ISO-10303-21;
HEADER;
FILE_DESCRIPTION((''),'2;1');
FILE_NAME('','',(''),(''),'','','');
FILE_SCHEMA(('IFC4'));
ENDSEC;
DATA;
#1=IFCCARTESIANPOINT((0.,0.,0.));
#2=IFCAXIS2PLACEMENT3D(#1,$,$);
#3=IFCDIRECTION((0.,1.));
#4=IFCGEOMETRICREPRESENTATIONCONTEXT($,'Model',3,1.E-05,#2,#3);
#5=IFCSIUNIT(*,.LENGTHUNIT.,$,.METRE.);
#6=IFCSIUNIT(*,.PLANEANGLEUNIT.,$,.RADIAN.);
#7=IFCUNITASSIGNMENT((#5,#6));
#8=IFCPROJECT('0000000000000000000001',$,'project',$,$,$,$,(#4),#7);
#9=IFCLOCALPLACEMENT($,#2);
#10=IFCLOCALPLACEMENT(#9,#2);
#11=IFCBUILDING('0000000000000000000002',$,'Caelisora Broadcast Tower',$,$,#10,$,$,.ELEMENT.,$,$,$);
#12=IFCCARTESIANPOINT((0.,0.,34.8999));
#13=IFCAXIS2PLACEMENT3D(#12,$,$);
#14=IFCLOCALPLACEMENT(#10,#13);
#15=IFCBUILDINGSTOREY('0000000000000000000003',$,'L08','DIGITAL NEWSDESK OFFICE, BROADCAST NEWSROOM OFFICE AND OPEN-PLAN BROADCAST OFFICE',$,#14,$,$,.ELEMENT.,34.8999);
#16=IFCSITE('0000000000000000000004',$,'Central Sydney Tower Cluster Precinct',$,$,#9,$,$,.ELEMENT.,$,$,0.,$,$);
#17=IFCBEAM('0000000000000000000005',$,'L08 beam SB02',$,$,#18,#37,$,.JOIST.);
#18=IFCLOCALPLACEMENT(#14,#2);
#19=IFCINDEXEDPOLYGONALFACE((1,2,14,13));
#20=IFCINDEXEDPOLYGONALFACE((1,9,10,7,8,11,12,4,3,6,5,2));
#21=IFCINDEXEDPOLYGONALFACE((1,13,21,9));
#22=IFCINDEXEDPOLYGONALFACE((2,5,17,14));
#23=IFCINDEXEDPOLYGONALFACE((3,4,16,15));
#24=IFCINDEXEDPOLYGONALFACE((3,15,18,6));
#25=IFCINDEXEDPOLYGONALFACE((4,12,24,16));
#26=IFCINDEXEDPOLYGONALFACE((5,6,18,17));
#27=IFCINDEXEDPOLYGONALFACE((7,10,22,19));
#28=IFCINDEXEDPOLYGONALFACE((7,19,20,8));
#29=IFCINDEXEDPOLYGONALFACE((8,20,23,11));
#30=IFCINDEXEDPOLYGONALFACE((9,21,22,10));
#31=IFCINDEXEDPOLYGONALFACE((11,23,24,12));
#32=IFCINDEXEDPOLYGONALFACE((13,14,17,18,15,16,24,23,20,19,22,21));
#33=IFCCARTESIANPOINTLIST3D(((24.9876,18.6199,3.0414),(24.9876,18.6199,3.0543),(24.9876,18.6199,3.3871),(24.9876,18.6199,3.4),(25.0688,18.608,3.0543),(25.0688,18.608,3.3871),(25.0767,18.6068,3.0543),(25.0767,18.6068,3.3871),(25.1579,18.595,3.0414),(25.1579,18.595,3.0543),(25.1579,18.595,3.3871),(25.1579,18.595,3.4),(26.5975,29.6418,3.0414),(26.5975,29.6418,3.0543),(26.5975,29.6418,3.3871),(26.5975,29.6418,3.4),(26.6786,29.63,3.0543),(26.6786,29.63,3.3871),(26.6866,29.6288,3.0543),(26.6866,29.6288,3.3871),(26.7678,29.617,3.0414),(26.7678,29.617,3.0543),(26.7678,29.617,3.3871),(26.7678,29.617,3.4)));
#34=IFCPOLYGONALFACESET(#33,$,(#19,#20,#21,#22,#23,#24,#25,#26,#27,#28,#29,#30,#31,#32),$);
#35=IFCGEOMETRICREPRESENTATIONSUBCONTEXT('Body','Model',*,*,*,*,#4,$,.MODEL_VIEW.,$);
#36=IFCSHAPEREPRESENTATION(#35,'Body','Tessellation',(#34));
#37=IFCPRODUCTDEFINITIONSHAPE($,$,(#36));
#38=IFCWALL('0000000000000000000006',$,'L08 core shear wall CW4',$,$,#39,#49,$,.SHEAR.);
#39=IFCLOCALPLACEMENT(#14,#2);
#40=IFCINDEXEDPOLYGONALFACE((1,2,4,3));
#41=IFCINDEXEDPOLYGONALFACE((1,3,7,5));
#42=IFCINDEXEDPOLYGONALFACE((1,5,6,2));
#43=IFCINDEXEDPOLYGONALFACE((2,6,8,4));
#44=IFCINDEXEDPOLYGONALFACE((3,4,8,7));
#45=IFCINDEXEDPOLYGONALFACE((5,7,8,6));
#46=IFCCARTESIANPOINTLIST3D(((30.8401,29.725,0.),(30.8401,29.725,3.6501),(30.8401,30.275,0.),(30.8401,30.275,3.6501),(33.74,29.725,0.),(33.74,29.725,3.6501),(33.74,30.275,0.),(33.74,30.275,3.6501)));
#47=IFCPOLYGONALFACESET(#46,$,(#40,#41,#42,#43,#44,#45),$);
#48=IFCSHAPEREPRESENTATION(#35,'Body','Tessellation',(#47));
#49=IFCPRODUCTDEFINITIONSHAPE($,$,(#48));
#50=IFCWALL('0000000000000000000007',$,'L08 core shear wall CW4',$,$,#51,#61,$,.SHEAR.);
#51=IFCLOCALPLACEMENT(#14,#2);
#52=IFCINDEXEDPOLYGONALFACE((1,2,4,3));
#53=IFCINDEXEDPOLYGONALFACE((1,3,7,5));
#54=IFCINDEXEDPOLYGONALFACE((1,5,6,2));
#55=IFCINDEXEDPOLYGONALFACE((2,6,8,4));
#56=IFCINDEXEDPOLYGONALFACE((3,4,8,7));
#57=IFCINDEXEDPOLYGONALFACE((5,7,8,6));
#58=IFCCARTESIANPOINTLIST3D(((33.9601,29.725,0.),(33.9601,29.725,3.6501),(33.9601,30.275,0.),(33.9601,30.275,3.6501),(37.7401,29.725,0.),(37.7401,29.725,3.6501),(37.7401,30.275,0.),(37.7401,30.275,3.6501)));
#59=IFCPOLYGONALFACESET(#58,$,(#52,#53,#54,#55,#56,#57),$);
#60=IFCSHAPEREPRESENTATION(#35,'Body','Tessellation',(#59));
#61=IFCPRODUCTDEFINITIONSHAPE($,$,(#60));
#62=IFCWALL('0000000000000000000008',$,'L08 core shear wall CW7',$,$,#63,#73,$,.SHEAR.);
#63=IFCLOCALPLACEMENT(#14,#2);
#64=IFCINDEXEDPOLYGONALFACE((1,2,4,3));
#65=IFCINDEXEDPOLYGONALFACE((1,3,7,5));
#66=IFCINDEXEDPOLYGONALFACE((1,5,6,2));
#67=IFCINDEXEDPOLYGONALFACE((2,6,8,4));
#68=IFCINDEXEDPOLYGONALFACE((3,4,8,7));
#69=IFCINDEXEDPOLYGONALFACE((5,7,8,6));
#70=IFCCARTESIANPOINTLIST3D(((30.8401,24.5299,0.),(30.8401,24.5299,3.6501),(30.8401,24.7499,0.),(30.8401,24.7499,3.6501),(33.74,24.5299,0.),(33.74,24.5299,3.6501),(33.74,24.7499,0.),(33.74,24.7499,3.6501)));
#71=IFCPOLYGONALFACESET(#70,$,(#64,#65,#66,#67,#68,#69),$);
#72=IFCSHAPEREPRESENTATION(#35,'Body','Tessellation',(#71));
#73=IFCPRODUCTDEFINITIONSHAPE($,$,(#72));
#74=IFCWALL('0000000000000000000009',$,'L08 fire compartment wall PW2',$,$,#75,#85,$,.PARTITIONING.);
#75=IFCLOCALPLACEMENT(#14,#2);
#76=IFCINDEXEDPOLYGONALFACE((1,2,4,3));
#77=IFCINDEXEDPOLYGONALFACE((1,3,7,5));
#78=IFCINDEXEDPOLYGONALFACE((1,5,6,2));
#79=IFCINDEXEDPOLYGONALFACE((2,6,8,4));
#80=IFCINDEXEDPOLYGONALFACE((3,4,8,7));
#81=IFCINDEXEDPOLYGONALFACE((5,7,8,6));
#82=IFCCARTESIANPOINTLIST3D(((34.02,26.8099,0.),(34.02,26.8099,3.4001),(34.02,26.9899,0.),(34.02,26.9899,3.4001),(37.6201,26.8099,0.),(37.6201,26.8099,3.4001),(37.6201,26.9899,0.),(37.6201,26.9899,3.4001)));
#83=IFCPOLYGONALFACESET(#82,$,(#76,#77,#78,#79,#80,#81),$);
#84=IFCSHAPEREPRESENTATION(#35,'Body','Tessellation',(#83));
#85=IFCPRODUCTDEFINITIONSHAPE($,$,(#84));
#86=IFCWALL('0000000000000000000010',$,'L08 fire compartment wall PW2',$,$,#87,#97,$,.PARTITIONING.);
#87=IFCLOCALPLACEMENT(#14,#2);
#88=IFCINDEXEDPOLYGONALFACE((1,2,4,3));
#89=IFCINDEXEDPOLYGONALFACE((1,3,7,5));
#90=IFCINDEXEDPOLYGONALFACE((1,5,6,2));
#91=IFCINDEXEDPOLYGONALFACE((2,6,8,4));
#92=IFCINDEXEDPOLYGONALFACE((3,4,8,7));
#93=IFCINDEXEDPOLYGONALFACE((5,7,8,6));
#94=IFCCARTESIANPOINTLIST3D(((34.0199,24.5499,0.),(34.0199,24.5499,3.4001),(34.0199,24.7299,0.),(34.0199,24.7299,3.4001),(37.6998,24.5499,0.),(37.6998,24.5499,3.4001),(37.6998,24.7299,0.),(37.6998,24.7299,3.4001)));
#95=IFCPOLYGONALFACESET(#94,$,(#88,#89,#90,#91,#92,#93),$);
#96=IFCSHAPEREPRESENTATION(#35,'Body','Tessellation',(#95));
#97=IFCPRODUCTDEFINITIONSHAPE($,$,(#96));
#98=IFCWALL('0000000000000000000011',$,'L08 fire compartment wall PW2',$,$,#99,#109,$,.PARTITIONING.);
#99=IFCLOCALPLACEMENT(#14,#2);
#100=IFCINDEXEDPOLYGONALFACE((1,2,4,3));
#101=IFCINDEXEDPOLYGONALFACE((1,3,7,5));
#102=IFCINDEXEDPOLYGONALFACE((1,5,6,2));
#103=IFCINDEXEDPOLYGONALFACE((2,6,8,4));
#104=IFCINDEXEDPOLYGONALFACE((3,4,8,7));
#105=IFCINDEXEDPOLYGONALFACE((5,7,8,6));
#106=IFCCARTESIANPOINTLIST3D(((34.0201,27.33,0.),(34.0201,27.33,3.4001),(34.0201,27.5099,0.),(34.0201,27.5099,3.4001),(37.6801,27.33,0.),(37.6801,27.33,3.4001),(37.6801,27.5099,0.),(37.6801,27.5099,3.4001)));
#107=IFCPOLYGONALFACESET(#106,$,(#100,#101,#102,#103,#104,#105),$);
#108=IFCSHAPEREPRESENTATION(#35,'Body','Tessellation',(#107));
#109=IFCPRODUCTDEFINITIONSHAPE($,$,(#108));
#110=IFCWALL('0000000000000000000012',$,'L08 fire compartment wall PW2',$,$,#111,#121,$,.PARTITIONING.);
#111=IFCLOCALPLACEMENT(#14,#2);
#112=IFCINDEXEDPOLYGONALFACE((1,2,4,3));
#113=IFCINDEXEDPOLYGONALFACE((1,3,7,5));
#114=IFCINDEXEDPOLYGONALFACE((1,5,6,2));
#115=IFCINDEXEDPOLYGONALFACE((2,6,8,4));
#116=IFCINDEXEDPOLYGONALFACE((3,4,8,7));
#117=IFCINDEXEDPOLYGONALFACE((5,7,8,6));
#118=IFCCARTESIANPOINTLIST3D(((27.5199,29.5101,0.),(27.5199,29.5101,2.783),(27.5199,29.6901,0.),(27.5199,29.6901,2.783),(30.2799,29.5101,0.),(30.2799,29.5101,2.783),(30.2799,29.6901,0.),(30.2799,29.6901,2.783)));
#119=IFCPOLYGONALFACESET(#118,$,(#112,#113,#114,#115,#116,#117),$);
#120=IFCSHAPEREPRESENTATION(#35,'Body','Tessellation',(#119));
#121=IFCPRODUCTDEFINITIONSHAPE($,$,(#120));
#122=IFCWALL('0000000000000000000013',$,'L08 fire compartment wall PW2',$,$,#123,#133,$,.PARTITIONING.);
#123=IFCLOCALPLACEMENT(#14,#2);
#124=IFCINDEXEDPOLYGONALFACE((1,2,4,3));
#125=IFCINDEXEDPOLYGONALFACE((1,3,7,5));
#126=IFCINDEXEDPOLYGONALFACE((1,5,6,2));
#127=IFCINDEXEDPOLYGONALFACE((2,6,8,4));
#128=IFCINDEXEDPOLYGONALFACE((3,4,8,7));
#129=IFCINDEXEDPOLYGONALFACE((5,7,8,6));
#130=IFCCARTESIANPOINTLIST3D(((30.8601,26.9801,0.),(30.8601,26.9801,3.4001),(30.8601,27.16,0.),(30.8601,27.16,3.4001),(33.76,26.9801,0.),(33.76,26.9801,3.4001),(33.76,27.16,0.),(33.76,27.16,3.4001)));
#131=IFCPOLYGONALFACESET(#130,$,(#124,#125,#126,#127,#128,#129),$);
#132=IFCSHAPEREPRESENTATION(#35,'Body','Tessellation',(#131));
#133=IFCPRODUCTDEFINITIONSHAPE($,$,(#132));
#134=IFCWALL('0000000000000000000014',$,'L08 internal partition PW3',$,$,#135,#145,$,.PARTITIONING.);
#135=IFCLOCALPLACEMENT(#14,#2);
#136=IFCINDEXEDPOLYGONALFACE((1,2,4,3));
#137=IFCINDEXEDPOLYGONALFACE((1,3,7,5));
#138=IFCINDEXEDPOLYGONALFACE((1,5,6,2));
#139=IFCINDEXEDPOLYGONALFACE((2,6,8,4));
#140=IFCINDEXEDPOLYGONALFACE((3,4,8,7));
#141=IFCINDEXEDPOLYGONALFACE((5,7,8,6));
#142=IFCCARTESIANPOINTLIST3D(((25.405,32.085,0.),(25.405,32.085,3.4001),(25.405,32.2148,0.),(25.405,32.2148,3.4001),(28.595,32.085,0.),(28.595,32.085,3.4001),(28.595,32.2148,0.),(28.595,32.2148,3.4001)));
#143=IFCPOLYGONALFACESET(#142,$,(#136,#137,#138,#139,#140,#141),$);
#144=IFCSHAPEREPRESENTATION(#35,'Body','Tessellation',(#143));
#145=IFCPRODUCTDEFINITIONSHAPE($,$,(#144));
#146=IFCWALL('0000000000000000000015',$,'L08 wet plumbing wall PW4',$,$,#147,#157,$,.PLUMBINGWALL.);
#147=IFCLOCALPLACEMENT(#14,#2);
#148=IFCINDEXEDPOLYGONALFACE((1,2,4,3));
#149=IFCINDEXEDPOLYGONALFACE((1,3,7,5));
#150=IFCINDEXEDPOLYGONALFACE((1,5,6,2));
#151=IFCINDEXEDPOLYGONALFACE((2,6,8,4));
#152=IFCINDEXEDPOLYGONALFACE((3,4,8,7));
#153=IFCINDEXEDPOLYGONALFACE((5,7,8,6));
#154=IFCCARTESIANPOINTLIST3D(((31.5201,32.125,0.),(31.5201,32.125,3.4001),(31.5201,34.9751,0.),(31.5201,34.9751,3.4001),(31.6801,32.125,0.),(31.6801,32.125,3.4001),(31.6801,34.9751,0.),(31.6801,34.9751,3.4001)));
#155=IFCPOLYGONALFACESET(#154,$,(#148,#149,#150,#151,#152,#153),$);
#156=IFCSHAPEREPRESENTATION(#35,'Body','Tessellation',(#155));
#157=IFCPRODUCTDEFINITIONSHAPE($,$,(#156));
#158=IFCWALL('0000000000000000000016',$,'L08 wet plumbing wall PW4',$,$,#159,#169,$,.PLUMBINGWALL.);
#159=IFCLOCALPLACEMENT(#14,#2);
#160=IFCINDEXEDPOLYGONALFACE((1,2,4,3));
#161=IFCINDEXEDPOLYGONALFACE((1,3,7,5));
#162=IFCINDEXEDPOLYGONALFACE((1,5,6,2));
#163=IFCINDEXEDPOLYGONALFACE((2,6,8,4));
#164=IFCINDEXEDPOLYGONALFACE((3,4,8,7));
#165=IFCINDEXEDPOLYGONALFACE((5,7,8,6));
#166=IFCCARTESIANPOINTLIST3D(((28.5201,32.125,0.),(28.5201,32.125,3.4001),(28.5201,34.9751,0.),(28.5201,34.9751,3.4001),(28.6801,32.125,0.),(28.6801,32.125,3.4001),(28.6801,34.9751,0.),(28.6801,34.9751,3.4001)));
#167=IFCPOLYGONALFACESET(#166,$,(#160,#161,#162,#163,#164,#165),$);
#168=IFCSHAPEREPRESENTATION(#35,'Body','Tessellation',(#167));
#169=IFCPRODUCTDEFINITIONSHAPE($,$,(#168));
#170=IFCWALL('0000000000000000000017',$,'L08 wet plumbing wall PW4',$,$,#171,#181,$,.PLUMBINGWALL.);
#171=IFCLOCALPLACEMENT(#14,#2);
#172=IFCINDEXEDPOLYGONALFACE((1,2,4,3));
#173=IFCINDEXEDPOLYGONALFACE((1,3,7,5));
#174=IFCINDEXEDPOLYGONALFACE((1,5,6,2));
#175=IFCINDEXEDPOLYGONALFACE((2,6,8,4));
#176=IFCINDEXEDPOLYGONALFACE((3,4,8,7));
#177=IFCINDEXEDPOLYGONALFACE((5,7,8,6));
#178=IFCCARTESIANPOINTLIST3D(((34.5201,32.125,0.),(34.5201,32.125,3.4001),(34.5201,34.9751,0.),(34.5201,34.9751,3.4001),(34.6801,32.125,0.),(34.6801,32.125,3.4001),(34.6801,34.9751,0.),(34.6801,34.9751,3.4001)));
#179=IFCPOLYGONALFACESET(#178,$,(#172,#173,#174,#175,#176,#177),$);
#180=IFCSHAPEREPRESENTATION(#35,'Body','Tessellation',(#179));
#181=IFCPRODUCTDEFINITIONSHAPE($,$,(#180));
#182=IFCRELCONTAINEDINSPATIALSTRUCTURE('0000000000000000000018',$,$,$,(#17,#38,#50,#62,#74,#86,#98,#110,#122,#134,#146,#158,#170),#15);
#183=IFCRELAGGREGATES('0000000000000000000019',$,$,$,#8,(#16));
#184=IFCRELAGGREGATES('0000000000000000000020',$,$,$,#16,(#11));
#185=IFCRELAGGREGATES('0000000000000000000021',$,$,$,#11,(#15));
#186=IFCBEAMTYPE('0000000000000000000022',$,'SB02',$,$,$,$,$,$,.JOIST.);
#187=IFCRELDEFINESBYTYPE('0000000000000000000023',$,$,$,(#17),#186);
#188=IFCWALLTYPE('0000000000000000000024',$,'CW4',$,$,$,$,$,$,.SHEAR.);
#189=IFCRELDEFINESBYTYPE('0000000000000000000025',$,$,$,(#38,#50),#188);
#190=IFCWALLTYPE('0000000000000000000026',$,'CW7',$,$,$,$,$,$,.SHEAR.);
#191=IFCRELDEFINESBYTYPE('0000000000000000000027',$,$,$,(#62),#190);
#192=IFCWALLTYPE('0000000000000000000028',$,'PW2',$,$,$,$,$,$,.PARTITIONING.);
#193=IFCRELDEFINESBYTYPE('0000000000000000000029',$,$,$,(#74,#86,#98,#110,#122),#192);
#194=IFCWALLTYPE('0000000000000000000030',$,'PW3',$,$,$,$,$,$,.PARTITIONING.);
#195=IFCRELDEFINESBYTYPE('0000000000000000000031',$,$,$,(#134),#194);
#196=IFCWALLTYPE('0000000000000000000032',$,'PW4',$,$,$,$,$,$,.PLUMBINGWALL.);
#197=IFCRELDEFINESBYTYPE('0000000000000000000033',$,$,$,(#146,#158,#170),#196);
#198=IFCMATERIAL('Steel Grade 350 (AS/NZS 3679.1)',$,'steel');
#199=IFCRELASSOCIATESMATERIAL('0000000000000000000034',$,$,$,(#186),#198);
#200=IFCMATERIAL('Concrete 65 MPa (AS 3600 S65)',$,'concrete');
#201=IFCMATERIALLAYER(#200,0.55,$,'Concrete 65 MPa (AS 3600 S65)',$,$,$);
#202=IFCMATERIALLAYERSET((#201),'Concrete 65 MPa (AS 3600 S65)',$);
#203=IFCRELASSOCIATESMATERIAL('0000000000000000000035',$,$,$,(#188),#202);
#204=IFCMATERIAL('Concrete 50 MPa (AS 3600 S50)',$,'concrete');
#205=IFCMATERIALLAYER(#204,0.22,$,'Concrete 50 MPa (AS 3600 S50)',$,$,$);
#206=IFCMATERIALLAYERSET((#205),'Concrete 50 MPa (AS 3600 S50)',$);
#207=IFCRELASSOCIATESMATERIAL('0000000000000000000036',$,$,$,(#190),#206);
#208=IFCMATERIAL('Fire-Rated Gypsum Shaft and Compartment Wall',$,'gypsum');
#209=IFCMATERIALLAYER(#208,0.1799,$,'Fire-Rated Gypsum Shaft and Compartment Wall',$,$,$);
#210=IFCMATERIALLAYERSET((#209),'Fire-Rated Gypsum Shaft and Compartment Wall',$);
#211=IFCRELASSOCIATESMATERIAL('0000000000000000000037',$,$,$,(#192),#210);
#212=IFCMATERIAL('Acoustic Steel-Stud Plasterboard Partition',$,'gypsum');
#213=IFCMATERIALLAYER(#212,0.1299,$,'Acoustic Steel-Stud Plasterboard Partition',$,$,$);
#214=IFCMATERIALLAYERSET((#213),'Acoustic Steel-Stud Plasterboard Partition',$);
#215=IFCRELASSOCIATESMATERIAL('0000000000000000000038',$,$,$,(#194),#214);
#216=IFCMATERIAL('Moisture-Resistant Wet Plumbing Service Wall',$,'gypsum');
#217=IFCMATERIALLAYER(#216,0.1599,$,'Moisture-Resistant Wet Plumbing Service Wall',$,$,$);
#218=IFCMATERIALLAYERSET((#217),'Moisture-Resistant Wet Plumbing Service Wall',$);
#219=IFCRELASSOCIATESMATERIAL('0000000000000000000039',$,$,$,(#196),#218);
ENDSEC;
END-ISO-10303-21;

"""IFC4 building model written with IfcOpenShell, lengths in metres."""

from ifc_helpers import new_model, si_unit, direction, frame, frame_2d, origin, origin_2d, place, context, subcontext, project, spatial, rectangle, i_section, extrude, source, transform, mapped, material, layer, layer_set, material_profile, profile_set, type_object, element, save


model = new_model("IFC4")

# Units and contexts
model_context = context("Model", 3, precision=1e-05, world=origin(), true_north=direction((0.0, 1.0)))
body_context = subcontext(model_context, "Body", "Model", "MODEL_VIEW")
ifc_project = project(units=[si_unit("LENGTHUNIT", "METRE"), si_unit("PLANEANGLEUNIT", "RADIAN")], contexts=[model_context])

# Site, building, storey
site_placement = place(None, origin())
site = spatial("IfcSite", under=ifc_project, at=site_placement, Name="Central Sydney Tower Cluster Precinct", CompositionType="ELEMENT", RefElevation=0.0)
building_placement = place(site_placement, origin())
building = spatial("IfcBuilding", under=site, at=building_placement, Name="Caelisora Broadcast Tower", CompositionType="ELEMENT")
storey_placement = place(building_placement, frame((0.0, 0.0, 34.8999)))
storey = spatial("IfcBuildingStorey", under=building, at=storey_placement, Name="L08", Description="DIGITAL NEWSDESK OFFICE, BROADCAST NEWSROOM OFFICE AND OPEN-PLAN BROADCAST OFFICE", CompositionType="ELEMENT", Elevation=34.8999)

# Shared definitions
ifc_material_1 = material(Name="Steel Grade 350 (AS/NZS 3679.1)", Category="steel")

# Beam
ifc_material_profile_1 = material_profile(ifc_material_1, i_section(OverallWidth=0.1721, OverallDepth=0.3586, WebThickness=0.0081, FlangeThickness=0.0129, at=origin_2d()), Name="Steel Grade 350 (AS/NZS 3679.1)")
ifc_profile_set_1 = profile_set([ifc_material_profile_1], Name="Steel Grade 350 (AS/NZS 3679.1)")
beam_type_1 = type_object("IfcBeamType", Name="SB02", PredefinedType="JOIST", material=ifc_profile_set_1)
shared_shape_1 = source(origin(), body_context, "Body", "SweptSolid", [
    extrude(i_section(OverallWidth=0.1721, OverallDepth=0.3586, WebThickness=0.0081, FlangeThickness=0.0129, at=origin_2d()), origin(), (0.0, 0.0, 1.0), 11.1389),
])
beam_1_placement = place(storey_placement, frame((26.6826, 29.6294, 3.2207), z_axis=(-0.144526, -0.989501, 0.0), x_axis=(0.989501, -0.144526, 0.0)))
element("IfcBeam", 1, at=beam_1_placement, inside=storey, type_object=beam_type_1, Name="L08 beam SB02", PredefinedType="JOIST", context=body_context, shape_type="MappedRepresentation", body=[
    mapped(shared_shape_1, transform((0.0, 0.0, 0.0), scale=1.0)),
])

# Walls
ifc_material_2 = material(Name="Concrete 65 MPa (AS 3600 S65)", Category="concrete")
ifc_layer_1 = layer(ifc_material_2, 0.55, Name="Concrete 65 MPa (AS 3600 S65)")
ifc_layer_set_1 = layer_set([ifc_layer_1], Name="Concrete 65 MPa (AS 3600 S65)")
wall_type_1 = type_object("IfcWallType", Name="CW4", PredefinedType="SHEAR", material=ifc_layer_set_1)
wall_1_placement = place(storey_placement, frame((30.8401, 30.0, 0.0), z_axis=(0.0, 0.0, 1.0), x_axis=(1.0, 0.0, 0.0)))
element("IfcWall", 2, at=wall_1_placement, inside=storey, type_object=wall_type_1, Name="L08 core shear wall CW4", PredefinedType="SHEAR", context=body_context, shape_type="SweptSolid", body=[
    extrude(rectangle(XDim=2.8999, YDim=0.55, at=frame_2d((1.45, 0.0))), origin(), (0.0, 0.0, 1.0), 3.6501),
])
wall_2_placement = place(storey_placement, frame((33.96, 30.0, 0.0), z_axis=(0.0, 0.0, 1.0), x_axis=(1.0, 0.0, 0.0)))
element("IfcWall", 3, at=wall_2_placement, inside=storey, type_object=wall_type_1, Name="L08 core shear wall CW4", PredefinedType="SHEAR", context=body_context, shape_type="SweptSolid", body=[
    extrude(rectangle(XDim=3.78, YDim=0.55, at=frame_2d((1.8901, 0.0))), origin(), (0.0, 0.0, 1.0), 3.6501),
])
ifc_material_3 = material(Name="Concrete 50 MPa (AS 3600 S50)", Category="concrete")
ifc_layer_2 = layer(ifc_material_3, 0.22, Name="Concrete 50 MPa (AS 3600 S50)")
ifc_layer_set_2 = layer_set([ifc_layer_2], Name="Concrete 50 MPa (AS 3600 S50)")
wall_type_2 = type_object("IfcWallType", Name="CW7", PredefinedType="SHEAR", material=ifc_layer_set_2)
wall_3_placement = place(storey_placement, frame((30.8401, 24.6399, 0.0), z_axis=(0.0, 0.0, 1.0), x_axis=(1.0, 0.0, 0.0)))
element("IfcWall", 4, at=wall_3_placement, inside=storey, type_object=wall_type_2, Name="L08 core shear wall CW7", PredefinedType="SHEAR", context=body_context, shape_type="SweptSolid", body=[
    extrude(rectangle(XDim=2.8999, YDim=0.22, at=frame_2d((1.45, 0.0))), origin(), (0.0, 0.0, 1.0), 3.6501),
])
ifc_material_4 = material(Name="Fire-Rated Gypsum Shaft and Compartment Wall", Category="gypsum")
ifc_layer_3 = layer(ifc_material_4, 0.1799, Name="Fire-Rated Gypsum Shaft and Compartment Wall")
ifc_layer_set_3 = layer_set([ifc_layer_3], Name="Fire-Rated Gypsum Shaft and Compartment Wall")
wall_type_3 = type_object("IfcWallType", Name="PW2", PredefinedType="PARTITIONING", material=ifc_layer_set_3)
wall_4_placement = place(storey_placement, frame((34.02, 26.8999, 0.0), z_axis=(0.0, 0.0, 1.0), x_axis=(1.0, 0.0, 0.0)))
element("IfcWall", 5, at=wall_4_placement, inside=storey, type_object=wall_type_3, Name="L08 fire compartment wall PW2", PredefinedType="PARTITIONING", context=body_context, shape_type="SweptSolid", body=[
    extrude(rectangle(XDim=3.6001, YDim=0.1799, at=frame_2d((1.8, 0.0))), origin(), (0.0, 0.0, 1.0), 3.4001),
])
wall_5_placement = place(storey_placement, frame((34.02, 24.6399, 0.0), z_axis=(0.0, 0.0, 1.0), x_axis=(1.0, 0.0, 0.0)))
element("IfcWall", 6, at=wall_5_placement, inside=storey, type_object=wall_type_3, Name="L08 fire compartment wall PW2", PredefinedType="PARTITIONING", context=body_context, shape_type="SweptSolid", body=[
    extrude(rectangle(XDim=3.6799, YDim=0.1799, at=frame_2d((1.8398, 0.0))), origin(), (0.0, 0.0, 1.0), 3.4001),
])
wall_6_placement = place(storey_placement, frame((34.02, 27.4199, 0.0), z_axis=(0.0, 0.0, 1.0), x_axis=(1.0, 0.0, 0.0)))
element("IfcWall", 7, at=wall_6_placement, inside=storey, type_object=wall_type_3, Name="L08 fire compartment wall PW2", PredefinedType="PARTITIONING", context=body_context, shape_type="SweptSolid", body=[
    extrude(rectangle(XDim=3.6599, YDim=0.1799, at=frame_2d((1.8301, 0.0))), origin(), (0.0, 0.0, 1.0), 3.4001),
])
wall_7_placement = place(storey_placement, frame((27.52, 29.6001, 0.0), z_axis=(0.0, 0.0, 1.0), x_axis=(1.0, 0.0, 0.0)))
element("IfcWall", 8, at=wall_7_placement, inside=storey, type_object=wall_type_3, Name="L08 fire compartment wall PW2", PredefinedType="PARTITIONING", context=body_context, shape_type="SweptSolid", body=[
    extrude(rectangle(XDim=2.76, YDim=0.1799, at=frame_2d((1.3799, 0.0))), origin(), (0.0, 0.0, 1.0), 2.783),
])
wall_8_placement = place(storey_placement, frame((30.8601, 27.0701, 0.0), z_axis=(0.0, 0.0, 1.0), x_axis=(1.0, 0.0, 0.0)))
element("IfcWall", 9, at=wall_8_placement, inside=storey, type_object=wall_type_3, Name="L08 fire compartment wall PW2", PredefinedType="PARTITIONING", context=body_context, shape_type="SweptSolid", body=[
    extrude(rectangle(XDim=2.8999, YDim=0.1799, at=frame_2d((1.45, 0.0))), origin(), (0.0, 0.0, 1.0), 3.4001),
])
ifc_material_5 = material(Name="Acoustic Steel-Stud Plasterboard Partition", Category="gypsum")
ifc_layer_4 = layer(ifc_material_5, 0.1299, Name="Acoustic Steel-Stud Plasterboard Partition")
ifc_layer_set_4 = layer_set([ifc_layer_4], Name="Acoustic Steel-Stud Plasterboard Partition")
wall_type_4 = type_object("IfcWallType", Name="PW3", PredefinedType="PARTITIONING", material=ifc_layer_set_4)
wall_9_placement = place(storey_placement, frame((25.405, 32.1499, 0.0), z_axis=(0.0, 0.0, 1.0), x_axis=(1.0, 0.0, 0.0)))
element("IfcWall", 10, at=wall_9_placement, inside=storey, type_object=wall_type_4, Name="L08 internal partition PW3", PredefinedType="PARTITIONING", context=body_context, shape_type="SweptSolid", body=[
    extrude(rectangle(XDim=3.1899, YDim=0.1299, at=frame_2d((1.595, 0.0))), origin(), (0.0, 0.0, 1.0), 3.4001),
])
ifc_material_6 = material(Name="Moisture-Resistant Wet Plumbing Service Wall", Category="gypsum")
ifc_layer_5 = layer(ifc_material_6, 0.1599, Name="Moisture-Resistant Wet Plumbing Service Wall")
ifc_layer_set_5 = layer_set([ifc_layer_5], Name="Moisture-Resistant Wet Plumbing Service Wall")
wall_type_5 = type_object("IfcWallType", Name="PW4", PredefinedType="PLUMBINGWALL", material=ifc_layer_set_5)
for number, where, z_axis, x_axis, name in (
    (11, (31.6001, 32.125, 0.0), (0.0, 0.0, 1.0), (0.0, 1.0, 0.0), "L08 wet plumbing wall PW4"),
    (12, (28.6001, 32.125, 0.0), (0.0, 0.0, 1.0), (0.0, 1.0, 0.0), "L08 wet plumbing wall PW4"),
    (13, (34.6001, 32.125, 0.0), (0.0, 0.0, 1.0), (0.0, 1.0, 0.0), "L08 wet plumbing wall PW4"),
):
    element("IfcWall", number, at=place(storey_placement, frame(where, z_axis=z_axis, x_axis=x_axis)), inside=storey, type_object=wall_type_5, Name=name, PredefinedType="PLUMBINGWALL", context=body_context, shape_type="SweptSolid", body=[
        extrude(rectangle(XDim=2.8501, YDim=0.1599, at=frame_2d((1.425, 0.0))), origin(), (0.0, 0.0, 1.0), 3.4001),
    ])

save(model, "model.ifc")
